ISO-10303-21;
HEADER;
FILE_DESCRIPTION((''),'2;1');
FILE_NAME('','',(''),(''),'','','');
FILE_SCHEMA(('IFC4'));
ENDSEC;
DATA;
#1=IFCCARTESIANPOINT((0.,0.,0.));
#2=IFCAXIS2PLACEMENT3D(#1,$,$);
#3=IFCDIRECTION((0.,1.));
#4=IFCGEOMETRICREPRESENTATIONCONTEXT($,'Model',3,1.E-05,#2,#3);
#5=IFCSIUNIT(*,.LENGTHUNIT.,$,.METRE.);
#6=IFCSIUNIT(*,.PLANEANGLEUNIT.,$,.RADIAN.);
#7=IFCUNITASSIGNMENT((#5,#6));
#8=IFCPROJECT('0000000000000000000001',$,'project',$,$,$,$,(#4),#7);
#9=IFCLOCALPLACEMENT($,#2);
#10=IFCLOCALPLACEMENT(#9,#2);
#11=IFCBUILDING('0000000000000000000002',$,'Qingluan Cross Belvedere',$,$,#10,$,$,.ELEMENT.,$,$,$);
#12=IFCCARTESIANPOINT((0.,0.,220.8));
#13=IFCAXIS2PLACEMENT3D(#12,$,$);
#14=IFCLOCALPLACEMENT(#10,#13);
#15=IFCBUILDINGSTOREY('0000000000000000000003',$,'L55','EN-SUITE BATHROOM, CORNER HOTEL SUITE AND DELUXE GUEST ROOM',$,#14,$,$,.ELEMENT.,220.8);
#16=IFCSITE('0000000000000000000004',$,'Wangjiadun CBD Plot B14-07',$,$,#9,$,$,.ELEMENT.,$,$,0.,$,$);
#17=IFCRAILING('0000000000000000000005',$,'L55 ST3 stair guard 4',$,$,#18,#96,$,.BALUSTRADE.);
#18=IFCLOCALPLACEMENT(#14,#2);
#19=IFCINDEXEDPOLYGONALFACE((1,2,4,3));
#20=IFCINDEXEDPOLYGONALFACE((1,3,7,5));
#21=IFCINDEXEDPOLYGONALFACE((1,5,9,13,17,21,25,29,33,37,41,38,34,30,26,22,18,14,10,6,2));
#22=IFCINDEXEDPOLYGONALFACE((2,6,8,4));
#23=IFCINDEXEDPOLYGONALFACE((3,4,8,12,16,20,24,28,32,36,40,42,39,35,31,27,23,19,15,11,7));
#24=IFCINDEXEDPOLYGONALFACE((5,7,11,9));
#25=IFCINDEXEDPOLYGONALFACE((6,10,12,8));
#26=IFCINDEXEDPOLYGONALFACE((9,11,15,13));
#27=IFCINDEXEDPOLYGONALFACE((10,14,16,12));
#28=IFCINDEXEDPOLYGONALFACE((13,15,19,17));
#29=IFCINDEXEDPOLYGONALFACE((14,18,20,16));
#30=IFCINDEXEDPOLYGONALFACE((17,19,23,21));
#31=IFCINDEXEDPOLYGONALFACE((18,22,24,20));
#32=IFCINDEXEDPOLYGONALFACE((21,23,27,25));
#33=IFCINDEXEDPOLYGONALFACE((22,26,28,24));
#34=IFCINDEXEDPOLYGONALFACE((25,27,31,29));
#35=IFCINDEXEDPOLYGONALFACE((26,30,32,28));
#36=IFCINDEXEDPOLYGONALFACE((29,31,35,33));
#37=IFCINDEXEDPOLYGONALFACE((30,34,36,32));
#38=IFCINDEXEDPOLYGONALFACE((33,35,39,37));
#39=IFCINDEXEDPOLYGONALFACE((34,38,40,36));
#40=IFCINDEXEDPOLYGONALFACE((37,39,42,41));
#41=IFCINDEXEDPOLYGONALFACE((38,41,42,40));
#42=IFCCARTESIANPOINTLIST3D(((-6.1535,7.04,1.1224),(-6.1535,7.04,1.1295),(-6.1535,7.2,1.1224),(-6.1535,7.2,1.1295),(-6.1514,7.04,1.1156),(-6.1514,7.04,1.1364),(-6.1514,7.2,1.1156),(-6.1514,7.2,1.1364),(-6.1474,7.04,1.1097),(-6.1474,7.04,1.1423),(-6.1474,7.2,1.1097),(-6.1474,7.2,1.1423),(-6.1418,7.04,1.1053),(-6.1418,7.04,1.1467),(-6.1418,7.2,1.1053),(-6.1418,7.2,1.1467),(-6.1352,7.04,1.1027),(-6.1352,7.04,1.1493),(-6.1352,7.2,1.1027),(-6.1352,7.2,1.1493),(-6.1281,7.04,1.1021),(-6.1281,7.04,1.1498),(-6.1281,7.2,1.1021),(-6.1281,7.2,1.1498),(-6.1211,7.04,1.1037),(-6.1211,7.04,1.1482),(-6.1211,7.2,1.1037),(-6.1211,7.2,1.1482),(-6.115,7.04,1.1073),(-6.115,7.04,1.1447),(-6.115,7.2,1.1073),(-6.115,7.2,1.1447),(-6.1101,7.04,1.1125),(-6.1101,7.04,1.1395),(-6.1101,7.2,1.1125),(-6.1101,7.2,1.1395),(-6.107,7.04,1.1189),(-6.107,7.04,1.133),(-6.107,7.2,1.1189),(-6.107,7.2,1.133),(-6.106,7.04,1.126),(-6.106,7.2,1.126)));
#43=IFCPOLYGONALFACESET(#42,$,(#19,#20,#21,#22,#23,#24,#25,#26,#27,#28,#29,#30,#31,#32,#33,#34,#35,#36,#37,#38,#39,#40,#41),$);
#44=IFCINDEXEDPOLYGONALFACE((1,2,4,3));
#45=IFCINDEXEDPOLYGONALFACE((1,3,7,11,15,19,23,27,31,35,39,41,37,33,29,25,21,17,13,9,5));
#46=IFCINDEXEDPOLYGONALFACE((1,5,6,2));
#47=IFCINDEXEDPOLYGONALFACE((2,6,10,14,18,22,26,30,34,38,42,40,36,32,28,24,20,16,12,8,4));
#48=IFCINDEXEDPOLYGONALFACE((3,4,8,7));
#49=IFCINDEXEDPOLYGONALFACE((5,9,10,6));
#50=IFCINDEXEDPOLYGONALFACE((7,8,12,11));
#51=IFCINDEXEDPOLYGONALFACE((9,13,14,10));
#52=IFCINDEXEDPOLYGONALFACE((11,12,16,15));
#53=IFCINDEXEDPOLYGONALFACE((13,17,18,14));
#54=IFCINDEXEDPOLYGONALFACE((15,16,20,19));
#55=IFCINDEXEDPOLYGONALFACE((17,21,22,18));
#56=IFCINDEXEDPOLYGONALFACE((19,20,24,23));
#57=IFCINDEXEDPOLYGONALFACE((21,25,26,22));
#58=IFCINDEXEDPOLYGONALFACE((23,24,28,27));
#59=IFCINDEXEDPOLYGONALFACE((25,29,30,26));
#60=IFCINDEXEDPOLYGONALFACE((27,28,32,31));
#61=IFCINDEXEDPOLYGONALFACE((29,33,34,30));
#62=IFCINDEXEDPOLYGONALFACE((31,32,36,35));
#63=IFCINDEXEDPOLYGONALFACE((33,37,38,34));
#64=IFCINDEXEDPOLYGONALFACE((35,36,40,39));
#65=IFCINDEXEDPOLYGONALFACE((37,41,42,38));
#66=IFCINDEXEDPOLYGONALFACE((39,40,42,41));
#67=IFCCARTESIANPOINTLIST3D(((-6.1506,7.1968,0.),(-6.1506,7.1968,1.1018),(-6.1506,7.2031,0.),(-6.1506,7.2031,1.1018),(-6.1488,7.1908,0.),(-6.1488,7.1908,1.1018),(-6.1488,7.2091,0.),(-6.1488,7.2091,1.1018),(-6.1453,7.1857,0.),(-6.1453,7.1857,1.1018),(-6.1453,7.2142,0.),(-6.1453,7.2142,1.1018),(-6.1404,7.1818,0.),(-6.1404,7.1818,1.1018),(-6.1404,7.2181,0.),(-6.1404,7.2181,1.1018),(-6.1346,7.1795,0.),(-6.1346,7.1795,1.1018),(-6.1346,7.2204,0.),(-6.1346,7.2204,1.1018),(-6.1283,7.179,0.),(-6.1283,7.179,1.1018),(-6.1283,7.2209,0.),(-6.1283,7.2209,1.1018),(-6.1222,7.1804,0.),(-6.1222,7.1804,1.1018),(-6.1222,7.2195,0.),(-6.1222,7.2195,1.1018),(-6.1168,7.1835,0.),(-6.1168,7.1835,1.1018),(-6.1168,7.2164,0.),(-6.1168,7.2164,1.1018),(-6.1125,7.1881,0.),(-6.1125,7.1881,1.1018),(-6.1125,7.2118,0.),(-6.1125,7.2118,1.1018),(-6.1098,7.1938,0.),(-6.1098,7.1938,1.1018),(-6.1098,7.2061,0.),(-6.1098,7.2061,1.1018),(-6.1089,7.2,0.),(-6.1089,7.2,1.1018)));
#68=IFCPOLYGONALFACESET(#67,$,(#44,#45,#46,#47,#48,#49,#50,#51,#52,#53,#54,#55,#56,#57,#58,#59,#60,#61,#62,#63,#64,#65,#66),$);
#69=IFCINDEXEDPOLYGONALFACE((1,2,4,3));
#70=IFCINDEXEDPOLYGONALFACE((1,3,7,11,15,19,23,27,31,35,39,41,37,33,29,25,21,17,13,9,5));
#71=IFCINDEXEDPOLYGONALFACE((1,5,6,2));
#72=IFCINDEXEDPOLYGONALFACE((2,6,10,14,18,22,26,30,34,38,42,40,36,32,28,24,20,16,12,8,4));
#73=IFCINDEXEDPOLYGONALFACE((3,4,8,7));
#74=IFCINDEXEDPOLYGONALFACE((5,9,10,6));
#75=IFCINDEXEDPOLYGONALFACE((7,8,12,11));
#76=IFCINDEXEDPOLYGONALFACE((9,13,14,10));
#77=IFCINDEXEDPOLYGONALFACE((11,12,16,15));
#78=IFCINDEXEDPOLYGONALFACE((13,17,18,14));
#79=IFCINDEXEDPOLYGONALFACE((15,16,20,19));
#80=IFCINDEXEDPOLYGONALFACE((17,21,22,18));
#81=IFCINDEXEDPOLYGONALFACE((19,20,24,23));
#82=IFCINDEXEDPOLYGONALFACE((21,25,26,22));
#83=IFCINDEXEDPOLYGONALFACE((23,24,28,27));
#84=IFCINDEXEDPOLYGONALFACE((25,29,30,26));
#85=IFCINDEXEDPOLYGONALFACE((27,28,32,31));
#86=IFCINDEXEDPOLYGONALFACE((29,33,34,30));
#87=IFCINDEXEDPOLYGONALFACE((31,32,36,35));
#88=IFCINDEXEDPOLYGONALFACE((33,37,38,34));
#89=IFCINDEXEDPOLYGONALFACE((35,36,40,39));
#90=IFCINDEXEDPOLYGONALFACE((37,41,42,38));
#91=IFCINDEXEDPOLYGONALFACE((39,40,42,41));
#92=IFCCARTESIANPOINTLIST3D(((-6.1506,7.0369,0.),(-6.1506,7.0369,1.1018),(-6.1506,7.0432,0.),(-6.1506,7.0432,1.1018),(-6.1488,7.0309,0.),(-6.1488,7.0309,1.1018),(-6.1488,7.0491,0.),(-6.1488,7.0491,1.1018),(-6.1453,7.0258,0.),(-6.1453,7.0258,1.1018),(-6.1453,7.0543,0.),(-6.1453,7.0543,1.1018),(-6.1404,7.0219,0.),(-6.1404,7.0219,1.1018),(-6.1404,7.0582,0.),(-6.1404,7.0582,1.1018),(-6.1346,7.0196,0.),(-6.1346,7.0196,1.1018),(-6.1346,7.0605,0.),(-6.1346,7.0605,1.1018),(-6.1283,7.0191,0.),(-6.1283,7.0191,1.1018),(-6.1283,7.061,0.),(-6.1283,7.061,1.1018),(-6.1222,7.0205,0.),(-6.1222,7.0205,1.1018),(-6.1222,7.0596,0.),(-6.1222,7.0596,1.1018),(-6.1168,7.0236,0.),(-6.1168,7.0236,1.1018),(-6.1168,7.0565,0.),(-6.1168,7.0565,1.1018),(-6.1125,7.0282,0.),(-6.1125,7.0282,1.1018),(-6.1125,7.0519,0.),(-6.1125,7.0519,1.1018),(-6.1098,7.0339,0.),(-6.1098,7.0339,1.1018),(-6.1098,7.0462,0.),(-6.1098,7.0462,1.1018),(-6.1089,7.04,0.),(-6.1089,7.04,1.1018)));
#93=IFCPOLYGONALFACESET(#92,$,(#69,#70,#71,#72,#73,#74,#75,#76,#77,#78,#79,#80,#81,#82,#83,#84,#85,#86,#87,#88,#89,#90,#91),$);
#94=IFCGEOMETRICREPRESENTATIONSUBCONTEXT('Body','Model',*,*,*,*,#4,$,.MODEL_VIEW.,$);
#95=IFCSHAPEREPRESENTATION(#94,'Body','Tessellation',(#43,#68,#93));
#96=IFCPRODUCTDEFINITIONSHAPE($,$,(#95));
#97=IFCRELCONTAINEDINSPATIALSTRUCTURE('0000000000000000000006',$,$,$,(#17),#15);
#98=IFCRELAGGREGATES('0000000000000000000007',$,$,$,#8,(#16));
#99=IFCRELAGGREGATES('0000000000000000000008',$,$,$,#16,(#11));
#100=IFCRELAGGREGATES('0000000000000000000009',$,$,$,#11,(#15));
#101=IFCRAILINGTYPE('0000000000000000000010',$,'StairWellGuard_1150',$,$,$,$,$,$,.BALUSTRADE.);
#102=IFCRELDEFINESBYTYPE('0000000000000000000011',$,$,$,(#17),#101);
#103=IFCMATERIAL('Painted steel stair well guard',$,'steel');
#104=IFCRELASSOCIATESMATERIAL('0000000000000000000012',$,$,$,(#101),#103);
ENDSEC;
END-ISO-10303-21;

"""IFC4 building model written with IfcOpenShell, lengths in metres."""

from ifc_helpers import new_model, si_unit, direction, frame, origin, origin_2d, place, context, subcontext, project, spatial, circle, extrude, material, type_object, element, save


model = new_model("IFC4")

# Units and contexts
model_context = context("Model", 3, precision=1e-05, world=origin(), true_north=direction((0.0, 1.0)))
body_context = subcontext(model_context, "Body", "Model", "MODEL_VIEW")
ifc_project = project(units=[si_unit("LENGTHUNIT", "METRE"), si_unit("PLANEANGLEUNIT", "RADIAN")], contexts=[model_context])

# Site, building, storey
site_placement = place(None, origin())
site = spatial("IfcSite", under=ifc_project, at=site_placement, Name="Wangjiadun CBD Plot B14-07", CompositionType="ELEMENT", RefElevation=0.0)
building_placement = place(site_placement, origin())
building = spatial("IfcBuilding", under=site, at=building_placement, Name="Qingluan Cross Belvedere", CompositionType="ELEMENT")
storey_placement = place(building_placement, frame((0.0, 0.0, 220.8)))
storey = spatial("IfcBuildingStorey", under=building, at=storey_placement, Name="L55", Description="EN-SUITE BATHROOM, CORNER HOTEL SUITE AND DELUXE GUEST ROOM", CompositionType="ELEMENT", Elevation=220.8)

# Railing
ifc_material_1 = material(Name="Painted steel stair well guard", Category="steel")
railing_type_1 = type_object("IfcRailingType", Name="StairWellGuard_1150", PredefinedType="BALUSTRADE", material=ifc_material_1)
railing_1_placement = place(storey_placement, frame((-6.1299, 7.2, 0.0)))
element("IfcRailing", 1, at=railing_1_placement, inside=storey, type_object=railing_type_1, Name="L55 ST3 stair guard 4", PredefinedType="BALUSTRADE", context=body_context, shape_type="SweptSolid", body=[
    extrude(circle(Radius=0.0239, at=origin_2d()), frame((0.0, 0.0, 1.126), z_axis=(0.0, -1.0, 0.0), x_axis=(1.0, 0.0, 0.0)), (0.0, 0.0, 1.0), 0.1599),
    extrude(circle(Radius=0.021, at=origin_2d()), origin(), (0.0, 0.0, 1.0), 1.1018),
    extrude(circle(Radius=0.021, at=origin_2d()), frame((0.0, -0.1599, 0.0)), (0.0, 0.0, 1.0), 1.1018),
])

save(model, "model.ifc")
